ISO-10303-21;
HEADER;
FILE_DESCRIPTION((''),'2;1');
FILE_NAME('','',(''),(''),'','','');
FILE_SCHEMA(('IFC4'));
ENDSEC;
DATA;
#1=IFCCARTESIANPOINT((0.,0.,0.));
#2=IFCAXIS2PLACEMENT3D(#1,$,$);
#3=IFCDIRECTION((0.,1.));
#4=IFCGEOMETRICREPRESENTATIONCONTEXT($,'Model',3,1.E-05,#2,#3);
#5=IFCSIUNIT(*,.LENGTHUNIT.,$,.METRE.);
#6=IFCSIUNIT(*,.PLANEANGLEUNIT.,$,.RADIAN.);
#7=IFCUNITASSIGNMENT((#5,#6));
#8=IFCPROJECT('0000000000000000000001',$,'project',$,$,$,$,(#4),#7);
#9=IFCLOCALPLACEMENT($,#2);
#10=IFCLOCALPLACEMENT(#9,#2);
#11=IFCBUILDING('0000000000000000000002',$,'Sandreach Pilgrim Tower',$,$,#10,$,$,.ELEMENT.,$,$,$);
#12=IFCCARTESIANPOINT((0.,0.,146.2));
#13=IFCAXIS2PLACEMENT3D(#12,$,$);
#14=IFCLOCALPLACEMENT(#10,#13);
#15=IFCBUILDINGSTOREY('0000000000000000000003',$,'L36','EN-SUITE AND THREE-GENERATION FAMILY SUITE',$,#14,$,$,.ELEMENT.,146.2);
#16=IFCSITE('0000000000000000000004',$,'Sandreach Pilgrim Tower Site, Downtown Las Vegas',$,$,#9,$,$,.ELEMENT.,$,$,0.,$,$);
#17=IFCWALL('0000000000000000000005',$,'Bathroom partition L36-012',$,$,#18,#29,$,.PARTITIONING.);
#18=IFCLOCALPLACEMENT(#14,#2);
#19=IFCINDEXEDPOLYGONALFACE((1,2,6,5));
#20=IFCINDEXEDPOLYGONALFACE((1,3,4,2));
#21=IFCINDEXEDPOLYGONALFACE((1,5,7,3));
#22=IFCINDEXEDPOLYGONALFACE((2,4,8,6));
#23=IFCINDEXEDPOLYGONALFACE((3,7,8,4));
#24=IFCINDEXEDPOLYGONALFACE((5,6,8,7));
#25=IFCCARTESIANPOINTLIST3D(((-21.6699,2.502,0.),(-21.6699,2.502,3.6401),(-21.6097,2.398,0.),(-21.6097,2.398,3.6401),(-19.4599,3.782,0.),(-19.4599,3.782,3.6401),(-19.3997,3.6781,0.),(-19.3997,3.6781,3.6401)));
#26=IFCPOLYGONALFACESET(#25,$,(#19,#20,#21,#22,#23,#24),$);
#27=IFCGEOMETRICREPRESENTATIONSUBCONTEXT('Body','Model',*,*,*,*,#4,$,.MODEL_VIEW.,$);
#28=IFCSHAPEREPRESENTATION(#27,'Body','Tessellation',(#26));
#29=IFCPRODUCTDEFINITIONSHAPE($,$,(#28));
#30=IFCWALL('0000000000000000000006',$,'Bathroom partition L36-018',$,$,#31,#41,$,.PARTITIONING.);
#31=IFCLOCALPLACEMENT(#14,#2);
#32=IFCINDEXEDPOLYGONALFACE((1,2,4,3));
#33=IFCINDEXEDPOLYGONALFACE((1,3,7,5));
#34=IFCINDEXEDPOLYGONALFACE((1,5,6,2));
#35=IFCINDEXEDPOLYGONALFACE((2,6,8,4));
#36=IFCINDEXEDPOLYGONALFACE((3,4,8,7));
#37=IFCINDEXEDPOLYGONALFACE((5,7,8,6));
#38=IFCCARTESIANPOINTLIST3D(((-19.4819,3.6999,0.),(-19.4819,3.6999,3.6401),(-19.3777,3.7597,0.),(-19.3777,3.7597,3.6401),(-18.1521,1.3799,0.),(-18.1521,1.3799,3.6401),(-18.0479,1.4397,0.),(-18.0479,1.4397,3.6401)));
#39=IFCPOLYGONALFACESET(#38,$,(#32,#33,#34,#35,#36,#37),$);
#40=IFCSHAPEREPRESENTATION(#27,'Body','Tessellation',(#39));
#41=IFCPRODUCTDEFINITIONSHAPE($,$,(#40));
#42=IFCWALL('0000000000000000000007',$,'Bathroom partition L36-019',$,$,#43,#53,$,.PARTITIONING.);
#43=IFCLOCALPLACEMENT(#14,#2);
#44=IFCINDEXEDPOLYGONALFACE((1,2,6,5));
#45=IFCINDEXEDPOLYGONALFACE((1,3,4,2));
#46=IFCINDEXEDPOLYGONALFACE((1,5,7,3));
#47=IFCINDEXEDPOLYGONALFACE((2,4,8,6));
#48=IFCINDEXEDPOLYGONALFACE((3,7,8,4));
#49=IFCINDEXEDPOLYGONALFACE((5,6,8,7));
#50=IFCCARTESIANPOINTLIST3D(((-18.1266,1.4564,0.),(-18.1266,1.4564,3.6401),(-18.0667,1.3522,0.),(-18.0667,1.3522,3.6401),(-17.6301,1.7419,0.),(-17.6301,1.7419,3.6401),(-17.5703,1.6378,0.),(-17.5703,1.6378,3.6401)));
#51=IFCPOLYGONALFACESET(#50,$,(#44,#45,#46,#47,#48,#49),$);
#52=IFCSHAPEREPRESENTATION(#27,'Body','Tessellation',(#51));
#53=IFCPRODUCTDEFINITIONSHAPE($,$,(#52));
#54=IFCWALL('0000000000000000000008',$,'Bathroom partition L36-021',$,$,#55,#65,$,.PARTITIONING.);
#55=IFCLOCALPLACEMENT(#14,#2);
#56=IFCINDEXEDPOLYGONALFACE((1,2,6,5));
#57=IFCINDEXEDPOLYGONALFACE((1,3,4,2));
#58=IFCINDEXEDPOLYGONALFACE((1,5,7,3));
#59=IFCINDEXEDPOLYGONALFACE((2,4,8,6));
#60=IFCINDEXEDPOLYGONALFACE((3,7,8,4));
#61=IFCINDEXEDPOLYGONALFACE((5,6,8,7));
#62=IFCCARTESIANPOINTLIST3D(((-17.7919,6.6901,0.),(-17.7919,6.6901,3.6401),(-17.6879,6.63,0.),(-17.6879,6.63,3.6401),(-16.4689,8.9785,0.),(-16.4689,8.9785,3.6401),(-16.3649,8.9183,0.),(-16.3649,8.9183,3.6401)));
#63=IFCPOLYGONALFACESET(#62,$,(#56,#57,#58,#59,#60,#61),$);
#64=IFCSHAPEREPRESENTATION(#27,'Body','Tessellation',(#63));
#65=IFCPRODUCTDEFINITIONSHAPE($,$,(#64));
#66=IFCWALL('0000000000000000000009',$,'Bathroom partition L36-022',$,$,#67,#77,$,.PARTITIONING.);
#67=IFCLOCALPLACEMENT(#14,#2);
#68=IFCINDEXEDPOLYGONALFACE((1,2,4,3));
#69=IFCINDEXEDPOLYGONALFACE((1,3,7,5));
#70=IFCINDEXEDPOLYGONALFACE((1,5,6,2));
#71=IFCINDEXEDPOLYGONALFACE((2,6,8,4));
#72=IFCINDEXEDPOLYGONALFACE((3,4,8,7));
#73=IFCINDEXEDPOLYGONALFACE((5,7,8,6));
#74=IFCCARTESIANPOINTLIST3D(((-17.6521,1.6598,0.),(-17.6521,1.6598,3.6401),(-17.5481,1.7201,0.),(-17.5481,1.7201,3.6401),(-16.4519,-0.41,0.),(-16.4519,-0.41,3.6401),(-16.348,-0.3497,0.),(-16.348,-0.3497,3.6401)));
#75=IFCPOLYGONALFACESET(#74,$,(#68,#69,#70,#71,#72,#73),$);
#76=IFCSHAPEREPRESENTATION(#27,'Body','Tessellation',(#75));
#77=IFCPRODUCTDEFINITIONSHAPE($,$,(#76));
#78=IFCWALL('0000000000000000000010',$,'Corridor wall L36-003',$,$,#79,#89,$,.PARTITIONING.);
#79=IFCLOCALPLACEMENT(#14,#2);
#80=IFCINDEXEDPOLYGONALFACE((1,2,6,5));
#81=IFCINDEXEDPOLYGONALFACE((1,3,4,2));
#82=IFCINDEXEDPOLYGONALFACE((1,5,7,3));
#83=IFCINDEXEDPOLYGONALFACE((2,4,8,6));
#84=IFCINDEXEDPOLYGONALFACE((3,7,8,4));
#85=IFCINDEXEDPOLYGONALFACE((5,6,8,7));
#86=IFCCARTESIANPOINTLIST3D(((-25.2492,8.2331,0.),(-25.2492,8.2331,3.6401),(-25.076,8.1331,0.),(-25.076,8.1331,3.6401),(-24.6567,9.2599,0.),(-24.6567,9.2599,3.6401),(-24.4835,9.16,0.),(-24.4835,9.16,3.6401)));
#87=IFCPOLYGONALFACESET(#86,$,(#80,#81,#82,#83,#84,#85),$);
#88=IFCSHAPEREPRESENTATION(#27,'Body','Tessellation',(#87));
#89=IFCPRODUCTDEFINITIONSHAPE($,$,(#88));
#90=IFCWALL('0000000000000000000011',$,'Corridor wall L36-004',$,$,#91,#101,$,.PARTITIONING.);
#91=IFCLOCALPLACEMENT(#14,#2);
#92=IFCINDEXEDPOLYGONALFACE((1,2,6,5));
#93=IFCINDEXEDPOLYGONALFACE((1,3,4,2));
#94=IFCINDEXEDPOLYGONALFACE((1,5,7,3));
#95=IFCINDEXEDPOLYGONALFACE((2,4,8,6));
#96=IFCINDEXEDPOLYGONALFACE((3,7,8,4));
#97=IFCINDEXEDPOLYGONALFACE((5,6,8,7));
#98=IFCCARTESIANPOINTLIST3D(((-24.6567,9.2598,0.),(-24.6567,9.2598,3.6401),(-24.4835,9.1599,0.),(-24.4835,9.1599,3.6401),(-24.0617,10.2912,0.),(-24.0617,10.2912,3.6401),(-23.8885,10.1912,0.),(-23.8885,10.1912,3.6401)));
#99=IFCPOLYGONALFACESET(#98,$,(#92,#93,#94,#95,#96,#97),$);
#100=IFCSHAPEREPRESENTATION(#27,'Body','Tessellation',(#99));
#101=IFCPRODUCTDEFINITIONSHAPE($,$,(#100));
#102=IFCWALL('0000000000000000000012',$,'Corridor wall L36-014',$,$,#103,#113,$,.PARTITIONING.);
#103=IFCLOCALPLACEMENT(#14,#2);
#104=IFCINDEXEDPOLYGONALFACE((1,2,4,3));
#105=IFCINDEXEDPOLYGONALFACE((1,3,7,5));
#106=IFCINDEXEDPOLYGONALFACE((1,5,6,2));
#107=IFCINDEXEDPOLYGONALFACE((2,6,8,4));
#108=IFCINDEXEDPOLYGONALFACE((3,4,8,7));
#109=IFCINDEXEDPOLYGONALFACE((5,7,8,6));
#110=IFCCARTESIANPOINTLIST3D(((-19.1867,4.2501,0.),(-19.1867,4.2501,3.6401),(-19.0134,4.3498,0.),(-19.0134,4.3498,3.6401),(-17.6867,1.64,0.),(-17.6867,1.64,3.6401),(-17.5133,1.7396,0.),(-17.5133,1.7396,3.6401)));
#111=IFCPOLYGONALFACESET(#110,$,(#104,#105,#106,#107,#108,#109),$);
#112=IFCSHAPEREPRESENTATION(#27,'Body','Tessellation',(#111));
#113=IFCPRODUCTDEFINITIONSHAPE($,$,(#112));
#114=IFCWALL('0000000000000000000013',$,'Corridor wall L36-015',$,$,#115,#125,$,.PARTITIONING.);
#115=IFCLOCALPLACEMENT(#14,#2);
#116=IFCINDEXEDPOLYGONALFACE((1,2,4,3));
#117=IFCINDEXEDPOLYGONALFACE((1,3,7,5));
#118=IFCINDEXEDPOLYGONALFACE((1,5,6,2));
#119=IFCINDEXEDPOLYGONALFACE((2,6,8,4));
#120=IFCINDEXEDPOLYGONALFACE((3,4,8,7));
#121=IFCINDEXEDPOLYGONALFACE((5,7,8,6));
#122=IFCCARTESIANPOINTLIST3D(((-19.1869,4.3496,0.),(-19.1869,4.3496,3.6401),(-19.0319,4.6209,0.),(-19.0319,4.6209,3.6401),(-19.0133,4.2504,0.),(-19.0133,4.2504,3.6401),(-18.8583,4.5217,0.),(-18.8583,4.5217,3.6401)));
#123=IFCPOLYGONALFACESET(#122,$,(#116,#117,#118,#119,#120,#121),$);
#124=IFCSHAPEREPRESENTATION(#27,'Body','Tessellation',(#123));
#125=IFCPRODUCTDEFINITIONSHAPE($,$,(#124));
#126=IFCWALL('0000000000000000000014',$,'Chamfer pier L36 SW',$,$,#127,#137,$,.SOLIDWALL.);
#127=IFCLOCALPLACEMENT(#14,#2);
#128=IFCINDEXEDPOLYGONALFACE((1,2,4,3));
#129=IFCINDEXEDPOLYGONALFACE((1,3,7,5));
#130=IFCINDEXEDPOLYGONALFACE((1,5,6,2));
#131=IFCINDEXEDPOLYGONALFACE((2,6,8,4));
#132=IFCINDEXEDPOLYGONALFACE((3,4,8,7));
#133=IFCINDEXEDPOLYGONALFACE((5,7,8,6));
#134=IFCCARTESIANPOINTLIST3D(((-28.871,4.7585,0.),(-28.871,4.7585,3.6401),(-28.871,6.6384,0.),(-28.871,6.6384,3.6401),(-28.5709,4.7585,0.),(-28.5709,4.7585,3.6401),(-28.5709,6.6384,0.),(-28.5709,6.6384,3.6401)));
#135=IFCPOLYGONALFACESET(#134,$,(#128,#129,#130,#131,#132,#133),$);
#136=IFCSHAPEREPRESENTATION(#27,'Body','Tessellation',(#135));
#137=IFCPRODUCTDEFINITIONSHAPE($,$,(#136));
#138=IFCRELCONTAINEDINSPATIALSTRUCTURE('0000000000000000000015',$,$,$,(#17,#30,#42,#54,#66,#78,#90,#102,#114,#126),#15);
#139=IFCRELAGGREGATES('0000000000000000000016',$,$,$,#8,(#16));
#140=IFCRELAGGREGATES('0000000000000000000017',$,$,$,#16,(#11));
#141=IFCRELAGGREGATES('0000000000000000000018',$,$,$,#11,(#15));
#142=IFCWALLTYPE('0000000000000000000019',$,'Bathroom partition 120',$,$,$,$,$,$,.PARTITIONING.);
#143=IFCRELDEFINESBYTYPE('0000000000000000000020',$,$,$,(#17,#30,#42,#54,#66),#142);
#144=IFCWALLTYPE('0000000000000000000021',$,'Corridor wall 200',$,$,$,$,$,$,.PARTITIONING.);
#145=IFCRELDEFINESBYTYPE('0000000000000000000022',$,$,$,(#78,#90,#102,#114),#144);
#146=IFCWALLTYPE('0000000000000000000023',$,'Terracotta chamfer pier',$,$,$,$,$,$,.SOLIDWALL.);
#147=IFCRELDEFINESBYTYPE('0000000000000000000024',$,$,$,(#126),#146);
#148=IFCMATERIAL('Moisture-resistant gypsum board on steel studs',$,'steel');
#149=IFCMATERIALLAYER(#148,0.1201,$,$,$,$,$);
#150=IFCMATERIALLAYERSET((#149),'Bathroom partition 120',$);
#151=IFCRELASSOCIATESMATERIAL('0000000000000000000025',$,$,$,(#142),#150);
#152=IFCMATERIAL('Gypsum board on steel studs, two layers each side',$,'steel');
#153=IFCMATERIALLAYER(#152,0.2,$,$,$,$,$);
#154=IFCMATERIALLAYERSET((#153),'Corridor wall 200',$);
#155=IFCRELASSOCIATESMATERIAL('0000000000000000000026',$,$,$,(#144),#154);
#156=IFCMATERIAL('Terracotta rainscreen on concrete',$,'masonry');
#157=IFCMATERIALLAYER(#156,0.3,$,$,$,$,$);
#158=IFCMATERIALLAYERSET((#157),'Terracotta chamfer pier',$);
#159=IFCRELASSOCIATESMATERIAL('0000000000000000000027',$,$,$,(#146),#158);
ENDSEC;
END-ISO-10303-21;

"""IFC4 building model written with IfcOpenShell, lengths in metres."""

from ifc_helpers import new_model, si_unit, direction, frame, frame_2d, origin, place, context, subcontext, project, spatial, rectangle, extrude, material, layer, layer_set, type_object, element, save


model = new_model("IFC4")

# Units and contexts
model_context = context("Model", 3, precision=1e-05, world=origin(), true_north=direction((0.0, 1.0)))
body_context = subcontext(model_context, "Body", "Model", "MODEL_VIEW")
ifc_project = project(units=[si_unit("LENGTHUNIT", "METRE"), si_unit("PLANEANGLEUNIT", "RADIAN")], contexts=[model_context])

# Site, building, storey
site_placement = place(None, origin())
site = spatial("IfcSite", under=ifc_project, at=site_placement, Name="Sandreach Pilgrim Tower Site, Downtown Las Vegas", CompositionType="ELEMENT", RefElevation=0.0)
building_placement = place(site_placement, origin())
building = spatial("IfcBuilding", under=site, at=building_placement, Name="Sandreach Pilgrim Tower", CompositionType="ELEMENT")
storey_placement = place(building_placement, frame((0.0, 0.0, 146.2)))
storey = spatial("IfcBuildingStorey", under=building, at=storey_placement, Name="L36", Description="EN-SUITE AND THREE-GENERATION FAMILY SUITE", CompositionType="ELEMENT", Elevation=146.2)

# Shared definitions
ifc_material_1 = material(Name="Moisture-resistant gypsum board on steel studs", Category="steel")
ifc_layer_1 = layer(ifc_material_1, 0.1201)
ifc_layer_set_1 = layer_set([ifc_layer_1], Name="Bathroom partition 120")
wall_type_1 = type_object("IfcWallType", Name="Bathroom partition 120", PredefinedType="PARTITIONING", material=ifc_layer_set_1)

# Walls
wall_1_placement = place(storey_placement, frame((-19.4299, 3.73, 0.0), z_axis=(0.0, 0.0, 1.0), x_axis=(-0.865328, -0.501206, 0.0)))
element("IfcWall", 1, at=wall_1_placement, inside=storey, type_object=wall_type_1, Name="Bathroom partition L36-012", PredefinedType="PARTITIONING", context=body_context, shape_type="SweptSolid", body=[
    extrude(rectangle(XDim=2.554, YDim=0.1201, at=frame_2d((1.2769, 0.0))), origin(), (0.0, 0.0, 1.0), 3.6401),
])
wall_2_placement = place(storey_placement, frame((-18.1001, 1.4099, 0.0), z_axis=(0.0, 0.0, 1.0), x_axis=(-0.497289, 0.867585, 0.0)))
element("IfcWall", 2, at=wall_2_placement, inside=storey, type_object=wall_type_1, Name="Bathroom partition L36-018", PredefinedType="PARTITIONING", context=body_context, shape_type="SweptSolid", body=[
    extrude(rectangle(XDim=2.6741, YDim=0.1201, at=frame_2d((1.3369, 0.0))), origin(), (0.0, 0.0, 1.0), 3.6401),
])
wall_3_placement = place(storey_placement, frame((-18.0967, 1.4043, 0.0), z_axis=(0.0, 0.0, 1.0), x_axis=(0.866823, 0.498615, 0.0)))
element("IfcWall", 3, at=wall_3_placement, inside=storey, type_object=wall_type_1, Name="Bathroom partition L36-019", PredefinedType="PARTITIONING", context=body_context, shape_type="SweptSolid", body=[
    extrude(rectangle(XDim=0.5728, YDim=0.1201, at=frame_2d((0.2864, 0.0))), origin(), (0.0, 0.0, 1.0), 3.6401),
])
wall_4_placement = place(storey_placement, frame((-17.74, 6.6599, 0.0), z_axis=(0.0, 0.0, 1.0), x_axis=(0.500519, 0.865725, 0.0)))
element("IfcWall", 4, at=wall_4_placement, inside=storey, type_object=wall_type_1, Name="Bathroom partition L36-021", PredefinedType="PARTITIONING", context=body_context, shape_type="SweptSolid", body=[
    extrude(rectangle(XDim=2.6433, YDim=0.1201, at=frame_2d((1.3218, 0.0))), origin(), (0.0, 0.0, 1.0), 3.6401),
])
wall_5_placement = place(storey_placement, frame((-17.6001, 1.6899, 0.0), z_axis=(0.0, 0.0, 1.0), x_axis=(0.501623, -0.865086, 0.0)))
element("IfcWall", 5, at=wall_5_placement, inside=storey, type_object=wall_type_1, Name="Bathroom partition L36-022", PredefinedType="PARTITIONING", context=body_context, shape_type="SweptSolid", body=[
    extrude(rectangle(XDim=2.3926, YDim=0.1201, at=frame_2d((1.1963, 0.0))), origin(), (0.0, 0.0, 1.0), 3.6401),
])

# Shared definitions
ifc_material_2 = material(Name="Gypsum board on steel studs, two layers each side", Category="steel")
ifc_layer_2 = layer(ifc_material_2, 0.2)
ifc_layer_set_2 = layer_set([ifc_layer_2], Name="Corridor wall 200")
wall_type_2 = type_object("IfcWallType", Name="Corridor wall 200", PredefinedType="PARTITIONING", material=ifc_layer_set_2)

# Walls
wall_6_placement = place(storey_placement, frame((-25.1626, 8.1831, 0.0), z_axis=(0.0, 0.0, 1.0), x_axis=(0.499794, 0.866144, 0.0)))
element("IfcWall", 6, at=wall_6_placement, inside=storey, type_object=wall_type_2, Name="Corridor wall L36-003", PredefinedType="PARTITIONING", context=body_context, shape_type="SweptSolid", body=[
    extrude(rectangle(XDim=1.1855, YDim=0.2, at=frame_2d((0.5928, 0.0))), origin(), (0.0, 0.0, 1.0), 3.6401),
])
wall_7_placement = place(storey_placement, frame((-24.5701, 9.21, 0.0), z_axis=(0.0, 0.0, 1.0), x_axis=(0.499734, 0.866179, 0.0)))
element("IfcWall", 7, at=wall_7_placement, inside=storey, type_object=wall_type_2, Name="Corridor wall L36-004", PredefinedType="PARTITIONING", context=body_context, shape_type="SweptSolid", body=[
    extrude(rectangle(XDim=1.1907, YDim=0.2, at=frame_2d((0.5952, 0.0))), origin(), (0.0, 0.0, 1.0), 3.6401),
])
wall_8_placement = place(storey_placement, frame((-19.1001, 4.3, 0.0), z_axis=(0.0, 0.0, 1.0), x_axis=(0.498268, -0.867023, 0.0)))
element("IfcWall", 8, at=wall_8_placement, inside=storey, type_object=wall_type_2, Name="Corridor wall L36-014", PredefinedType="PARTITIONING", context=body_context, shape_type="SweptSolid", body=[
    extrude(rectangle(XDim=3.0105, YDim=0.2, at=frame_2d((1.5054, 0.0))), origin(), (0.0, 0.0, 1.0), 3.6401),
])
wall_9_placement = place(storey_placement, frame((-18.9451, 4.5713, 0.0), z_axis=(0.0, 0.0, 1.0), x_axis=(-0.496223, -0.868195, 0.0)))
element("IfcWall", 9, at=wall_9_placement, inside=storey, type_object=wall_type_2, Name="Corridor wall L36-015", PredefinedType="PARTITIONING", context=body_context, shape_type="SweptSolid", body=[
    extrude(rectangle(XDim=0.3125, YDim=0.2, at=frame_2d((0.1562, 0.0))), origin(), (0.0, 0.0, 1.0), 3.6401),
])
ifc_material_3 = material(Name="Terracotta rainscreen on concrete", Category="masonry")
ifc_layer_3 = layer(ifc_material_3, 0.3)
ifc_layer_set_3 = layer_set([ifc_layer_3], Name="Terracotta chamfer pier")
wall_type_3 = type_object("IfcWallType", Name="Terracotta chamfer pier", PredefinedType="SOLIDWALL", material=ifc_layer_set_3)
wall_10_placement = place(storey_placement, frame((-28.7209, 4.7585, 0.0), z_axis=(0.0, 0.0, 1.0), x_axis=(0.0, 1.0, 0.0)))
element("IfcWall", 10, at=wall_10_placement, inside=storey, type_object=wall_type_3, Name="Chamfer pier L36 SW", PredefinedType="SOLIDWALL", context=body_context, shape_type="SweptSolid", body=[
    extrude(rectangle(XDim=1.8799, YDim=0.3, at=frame_2d((0.9399, 0.0))), origin(), (0.0, 0.0, 1.0), 3.6401),
])

save(model, "model.ifc")
